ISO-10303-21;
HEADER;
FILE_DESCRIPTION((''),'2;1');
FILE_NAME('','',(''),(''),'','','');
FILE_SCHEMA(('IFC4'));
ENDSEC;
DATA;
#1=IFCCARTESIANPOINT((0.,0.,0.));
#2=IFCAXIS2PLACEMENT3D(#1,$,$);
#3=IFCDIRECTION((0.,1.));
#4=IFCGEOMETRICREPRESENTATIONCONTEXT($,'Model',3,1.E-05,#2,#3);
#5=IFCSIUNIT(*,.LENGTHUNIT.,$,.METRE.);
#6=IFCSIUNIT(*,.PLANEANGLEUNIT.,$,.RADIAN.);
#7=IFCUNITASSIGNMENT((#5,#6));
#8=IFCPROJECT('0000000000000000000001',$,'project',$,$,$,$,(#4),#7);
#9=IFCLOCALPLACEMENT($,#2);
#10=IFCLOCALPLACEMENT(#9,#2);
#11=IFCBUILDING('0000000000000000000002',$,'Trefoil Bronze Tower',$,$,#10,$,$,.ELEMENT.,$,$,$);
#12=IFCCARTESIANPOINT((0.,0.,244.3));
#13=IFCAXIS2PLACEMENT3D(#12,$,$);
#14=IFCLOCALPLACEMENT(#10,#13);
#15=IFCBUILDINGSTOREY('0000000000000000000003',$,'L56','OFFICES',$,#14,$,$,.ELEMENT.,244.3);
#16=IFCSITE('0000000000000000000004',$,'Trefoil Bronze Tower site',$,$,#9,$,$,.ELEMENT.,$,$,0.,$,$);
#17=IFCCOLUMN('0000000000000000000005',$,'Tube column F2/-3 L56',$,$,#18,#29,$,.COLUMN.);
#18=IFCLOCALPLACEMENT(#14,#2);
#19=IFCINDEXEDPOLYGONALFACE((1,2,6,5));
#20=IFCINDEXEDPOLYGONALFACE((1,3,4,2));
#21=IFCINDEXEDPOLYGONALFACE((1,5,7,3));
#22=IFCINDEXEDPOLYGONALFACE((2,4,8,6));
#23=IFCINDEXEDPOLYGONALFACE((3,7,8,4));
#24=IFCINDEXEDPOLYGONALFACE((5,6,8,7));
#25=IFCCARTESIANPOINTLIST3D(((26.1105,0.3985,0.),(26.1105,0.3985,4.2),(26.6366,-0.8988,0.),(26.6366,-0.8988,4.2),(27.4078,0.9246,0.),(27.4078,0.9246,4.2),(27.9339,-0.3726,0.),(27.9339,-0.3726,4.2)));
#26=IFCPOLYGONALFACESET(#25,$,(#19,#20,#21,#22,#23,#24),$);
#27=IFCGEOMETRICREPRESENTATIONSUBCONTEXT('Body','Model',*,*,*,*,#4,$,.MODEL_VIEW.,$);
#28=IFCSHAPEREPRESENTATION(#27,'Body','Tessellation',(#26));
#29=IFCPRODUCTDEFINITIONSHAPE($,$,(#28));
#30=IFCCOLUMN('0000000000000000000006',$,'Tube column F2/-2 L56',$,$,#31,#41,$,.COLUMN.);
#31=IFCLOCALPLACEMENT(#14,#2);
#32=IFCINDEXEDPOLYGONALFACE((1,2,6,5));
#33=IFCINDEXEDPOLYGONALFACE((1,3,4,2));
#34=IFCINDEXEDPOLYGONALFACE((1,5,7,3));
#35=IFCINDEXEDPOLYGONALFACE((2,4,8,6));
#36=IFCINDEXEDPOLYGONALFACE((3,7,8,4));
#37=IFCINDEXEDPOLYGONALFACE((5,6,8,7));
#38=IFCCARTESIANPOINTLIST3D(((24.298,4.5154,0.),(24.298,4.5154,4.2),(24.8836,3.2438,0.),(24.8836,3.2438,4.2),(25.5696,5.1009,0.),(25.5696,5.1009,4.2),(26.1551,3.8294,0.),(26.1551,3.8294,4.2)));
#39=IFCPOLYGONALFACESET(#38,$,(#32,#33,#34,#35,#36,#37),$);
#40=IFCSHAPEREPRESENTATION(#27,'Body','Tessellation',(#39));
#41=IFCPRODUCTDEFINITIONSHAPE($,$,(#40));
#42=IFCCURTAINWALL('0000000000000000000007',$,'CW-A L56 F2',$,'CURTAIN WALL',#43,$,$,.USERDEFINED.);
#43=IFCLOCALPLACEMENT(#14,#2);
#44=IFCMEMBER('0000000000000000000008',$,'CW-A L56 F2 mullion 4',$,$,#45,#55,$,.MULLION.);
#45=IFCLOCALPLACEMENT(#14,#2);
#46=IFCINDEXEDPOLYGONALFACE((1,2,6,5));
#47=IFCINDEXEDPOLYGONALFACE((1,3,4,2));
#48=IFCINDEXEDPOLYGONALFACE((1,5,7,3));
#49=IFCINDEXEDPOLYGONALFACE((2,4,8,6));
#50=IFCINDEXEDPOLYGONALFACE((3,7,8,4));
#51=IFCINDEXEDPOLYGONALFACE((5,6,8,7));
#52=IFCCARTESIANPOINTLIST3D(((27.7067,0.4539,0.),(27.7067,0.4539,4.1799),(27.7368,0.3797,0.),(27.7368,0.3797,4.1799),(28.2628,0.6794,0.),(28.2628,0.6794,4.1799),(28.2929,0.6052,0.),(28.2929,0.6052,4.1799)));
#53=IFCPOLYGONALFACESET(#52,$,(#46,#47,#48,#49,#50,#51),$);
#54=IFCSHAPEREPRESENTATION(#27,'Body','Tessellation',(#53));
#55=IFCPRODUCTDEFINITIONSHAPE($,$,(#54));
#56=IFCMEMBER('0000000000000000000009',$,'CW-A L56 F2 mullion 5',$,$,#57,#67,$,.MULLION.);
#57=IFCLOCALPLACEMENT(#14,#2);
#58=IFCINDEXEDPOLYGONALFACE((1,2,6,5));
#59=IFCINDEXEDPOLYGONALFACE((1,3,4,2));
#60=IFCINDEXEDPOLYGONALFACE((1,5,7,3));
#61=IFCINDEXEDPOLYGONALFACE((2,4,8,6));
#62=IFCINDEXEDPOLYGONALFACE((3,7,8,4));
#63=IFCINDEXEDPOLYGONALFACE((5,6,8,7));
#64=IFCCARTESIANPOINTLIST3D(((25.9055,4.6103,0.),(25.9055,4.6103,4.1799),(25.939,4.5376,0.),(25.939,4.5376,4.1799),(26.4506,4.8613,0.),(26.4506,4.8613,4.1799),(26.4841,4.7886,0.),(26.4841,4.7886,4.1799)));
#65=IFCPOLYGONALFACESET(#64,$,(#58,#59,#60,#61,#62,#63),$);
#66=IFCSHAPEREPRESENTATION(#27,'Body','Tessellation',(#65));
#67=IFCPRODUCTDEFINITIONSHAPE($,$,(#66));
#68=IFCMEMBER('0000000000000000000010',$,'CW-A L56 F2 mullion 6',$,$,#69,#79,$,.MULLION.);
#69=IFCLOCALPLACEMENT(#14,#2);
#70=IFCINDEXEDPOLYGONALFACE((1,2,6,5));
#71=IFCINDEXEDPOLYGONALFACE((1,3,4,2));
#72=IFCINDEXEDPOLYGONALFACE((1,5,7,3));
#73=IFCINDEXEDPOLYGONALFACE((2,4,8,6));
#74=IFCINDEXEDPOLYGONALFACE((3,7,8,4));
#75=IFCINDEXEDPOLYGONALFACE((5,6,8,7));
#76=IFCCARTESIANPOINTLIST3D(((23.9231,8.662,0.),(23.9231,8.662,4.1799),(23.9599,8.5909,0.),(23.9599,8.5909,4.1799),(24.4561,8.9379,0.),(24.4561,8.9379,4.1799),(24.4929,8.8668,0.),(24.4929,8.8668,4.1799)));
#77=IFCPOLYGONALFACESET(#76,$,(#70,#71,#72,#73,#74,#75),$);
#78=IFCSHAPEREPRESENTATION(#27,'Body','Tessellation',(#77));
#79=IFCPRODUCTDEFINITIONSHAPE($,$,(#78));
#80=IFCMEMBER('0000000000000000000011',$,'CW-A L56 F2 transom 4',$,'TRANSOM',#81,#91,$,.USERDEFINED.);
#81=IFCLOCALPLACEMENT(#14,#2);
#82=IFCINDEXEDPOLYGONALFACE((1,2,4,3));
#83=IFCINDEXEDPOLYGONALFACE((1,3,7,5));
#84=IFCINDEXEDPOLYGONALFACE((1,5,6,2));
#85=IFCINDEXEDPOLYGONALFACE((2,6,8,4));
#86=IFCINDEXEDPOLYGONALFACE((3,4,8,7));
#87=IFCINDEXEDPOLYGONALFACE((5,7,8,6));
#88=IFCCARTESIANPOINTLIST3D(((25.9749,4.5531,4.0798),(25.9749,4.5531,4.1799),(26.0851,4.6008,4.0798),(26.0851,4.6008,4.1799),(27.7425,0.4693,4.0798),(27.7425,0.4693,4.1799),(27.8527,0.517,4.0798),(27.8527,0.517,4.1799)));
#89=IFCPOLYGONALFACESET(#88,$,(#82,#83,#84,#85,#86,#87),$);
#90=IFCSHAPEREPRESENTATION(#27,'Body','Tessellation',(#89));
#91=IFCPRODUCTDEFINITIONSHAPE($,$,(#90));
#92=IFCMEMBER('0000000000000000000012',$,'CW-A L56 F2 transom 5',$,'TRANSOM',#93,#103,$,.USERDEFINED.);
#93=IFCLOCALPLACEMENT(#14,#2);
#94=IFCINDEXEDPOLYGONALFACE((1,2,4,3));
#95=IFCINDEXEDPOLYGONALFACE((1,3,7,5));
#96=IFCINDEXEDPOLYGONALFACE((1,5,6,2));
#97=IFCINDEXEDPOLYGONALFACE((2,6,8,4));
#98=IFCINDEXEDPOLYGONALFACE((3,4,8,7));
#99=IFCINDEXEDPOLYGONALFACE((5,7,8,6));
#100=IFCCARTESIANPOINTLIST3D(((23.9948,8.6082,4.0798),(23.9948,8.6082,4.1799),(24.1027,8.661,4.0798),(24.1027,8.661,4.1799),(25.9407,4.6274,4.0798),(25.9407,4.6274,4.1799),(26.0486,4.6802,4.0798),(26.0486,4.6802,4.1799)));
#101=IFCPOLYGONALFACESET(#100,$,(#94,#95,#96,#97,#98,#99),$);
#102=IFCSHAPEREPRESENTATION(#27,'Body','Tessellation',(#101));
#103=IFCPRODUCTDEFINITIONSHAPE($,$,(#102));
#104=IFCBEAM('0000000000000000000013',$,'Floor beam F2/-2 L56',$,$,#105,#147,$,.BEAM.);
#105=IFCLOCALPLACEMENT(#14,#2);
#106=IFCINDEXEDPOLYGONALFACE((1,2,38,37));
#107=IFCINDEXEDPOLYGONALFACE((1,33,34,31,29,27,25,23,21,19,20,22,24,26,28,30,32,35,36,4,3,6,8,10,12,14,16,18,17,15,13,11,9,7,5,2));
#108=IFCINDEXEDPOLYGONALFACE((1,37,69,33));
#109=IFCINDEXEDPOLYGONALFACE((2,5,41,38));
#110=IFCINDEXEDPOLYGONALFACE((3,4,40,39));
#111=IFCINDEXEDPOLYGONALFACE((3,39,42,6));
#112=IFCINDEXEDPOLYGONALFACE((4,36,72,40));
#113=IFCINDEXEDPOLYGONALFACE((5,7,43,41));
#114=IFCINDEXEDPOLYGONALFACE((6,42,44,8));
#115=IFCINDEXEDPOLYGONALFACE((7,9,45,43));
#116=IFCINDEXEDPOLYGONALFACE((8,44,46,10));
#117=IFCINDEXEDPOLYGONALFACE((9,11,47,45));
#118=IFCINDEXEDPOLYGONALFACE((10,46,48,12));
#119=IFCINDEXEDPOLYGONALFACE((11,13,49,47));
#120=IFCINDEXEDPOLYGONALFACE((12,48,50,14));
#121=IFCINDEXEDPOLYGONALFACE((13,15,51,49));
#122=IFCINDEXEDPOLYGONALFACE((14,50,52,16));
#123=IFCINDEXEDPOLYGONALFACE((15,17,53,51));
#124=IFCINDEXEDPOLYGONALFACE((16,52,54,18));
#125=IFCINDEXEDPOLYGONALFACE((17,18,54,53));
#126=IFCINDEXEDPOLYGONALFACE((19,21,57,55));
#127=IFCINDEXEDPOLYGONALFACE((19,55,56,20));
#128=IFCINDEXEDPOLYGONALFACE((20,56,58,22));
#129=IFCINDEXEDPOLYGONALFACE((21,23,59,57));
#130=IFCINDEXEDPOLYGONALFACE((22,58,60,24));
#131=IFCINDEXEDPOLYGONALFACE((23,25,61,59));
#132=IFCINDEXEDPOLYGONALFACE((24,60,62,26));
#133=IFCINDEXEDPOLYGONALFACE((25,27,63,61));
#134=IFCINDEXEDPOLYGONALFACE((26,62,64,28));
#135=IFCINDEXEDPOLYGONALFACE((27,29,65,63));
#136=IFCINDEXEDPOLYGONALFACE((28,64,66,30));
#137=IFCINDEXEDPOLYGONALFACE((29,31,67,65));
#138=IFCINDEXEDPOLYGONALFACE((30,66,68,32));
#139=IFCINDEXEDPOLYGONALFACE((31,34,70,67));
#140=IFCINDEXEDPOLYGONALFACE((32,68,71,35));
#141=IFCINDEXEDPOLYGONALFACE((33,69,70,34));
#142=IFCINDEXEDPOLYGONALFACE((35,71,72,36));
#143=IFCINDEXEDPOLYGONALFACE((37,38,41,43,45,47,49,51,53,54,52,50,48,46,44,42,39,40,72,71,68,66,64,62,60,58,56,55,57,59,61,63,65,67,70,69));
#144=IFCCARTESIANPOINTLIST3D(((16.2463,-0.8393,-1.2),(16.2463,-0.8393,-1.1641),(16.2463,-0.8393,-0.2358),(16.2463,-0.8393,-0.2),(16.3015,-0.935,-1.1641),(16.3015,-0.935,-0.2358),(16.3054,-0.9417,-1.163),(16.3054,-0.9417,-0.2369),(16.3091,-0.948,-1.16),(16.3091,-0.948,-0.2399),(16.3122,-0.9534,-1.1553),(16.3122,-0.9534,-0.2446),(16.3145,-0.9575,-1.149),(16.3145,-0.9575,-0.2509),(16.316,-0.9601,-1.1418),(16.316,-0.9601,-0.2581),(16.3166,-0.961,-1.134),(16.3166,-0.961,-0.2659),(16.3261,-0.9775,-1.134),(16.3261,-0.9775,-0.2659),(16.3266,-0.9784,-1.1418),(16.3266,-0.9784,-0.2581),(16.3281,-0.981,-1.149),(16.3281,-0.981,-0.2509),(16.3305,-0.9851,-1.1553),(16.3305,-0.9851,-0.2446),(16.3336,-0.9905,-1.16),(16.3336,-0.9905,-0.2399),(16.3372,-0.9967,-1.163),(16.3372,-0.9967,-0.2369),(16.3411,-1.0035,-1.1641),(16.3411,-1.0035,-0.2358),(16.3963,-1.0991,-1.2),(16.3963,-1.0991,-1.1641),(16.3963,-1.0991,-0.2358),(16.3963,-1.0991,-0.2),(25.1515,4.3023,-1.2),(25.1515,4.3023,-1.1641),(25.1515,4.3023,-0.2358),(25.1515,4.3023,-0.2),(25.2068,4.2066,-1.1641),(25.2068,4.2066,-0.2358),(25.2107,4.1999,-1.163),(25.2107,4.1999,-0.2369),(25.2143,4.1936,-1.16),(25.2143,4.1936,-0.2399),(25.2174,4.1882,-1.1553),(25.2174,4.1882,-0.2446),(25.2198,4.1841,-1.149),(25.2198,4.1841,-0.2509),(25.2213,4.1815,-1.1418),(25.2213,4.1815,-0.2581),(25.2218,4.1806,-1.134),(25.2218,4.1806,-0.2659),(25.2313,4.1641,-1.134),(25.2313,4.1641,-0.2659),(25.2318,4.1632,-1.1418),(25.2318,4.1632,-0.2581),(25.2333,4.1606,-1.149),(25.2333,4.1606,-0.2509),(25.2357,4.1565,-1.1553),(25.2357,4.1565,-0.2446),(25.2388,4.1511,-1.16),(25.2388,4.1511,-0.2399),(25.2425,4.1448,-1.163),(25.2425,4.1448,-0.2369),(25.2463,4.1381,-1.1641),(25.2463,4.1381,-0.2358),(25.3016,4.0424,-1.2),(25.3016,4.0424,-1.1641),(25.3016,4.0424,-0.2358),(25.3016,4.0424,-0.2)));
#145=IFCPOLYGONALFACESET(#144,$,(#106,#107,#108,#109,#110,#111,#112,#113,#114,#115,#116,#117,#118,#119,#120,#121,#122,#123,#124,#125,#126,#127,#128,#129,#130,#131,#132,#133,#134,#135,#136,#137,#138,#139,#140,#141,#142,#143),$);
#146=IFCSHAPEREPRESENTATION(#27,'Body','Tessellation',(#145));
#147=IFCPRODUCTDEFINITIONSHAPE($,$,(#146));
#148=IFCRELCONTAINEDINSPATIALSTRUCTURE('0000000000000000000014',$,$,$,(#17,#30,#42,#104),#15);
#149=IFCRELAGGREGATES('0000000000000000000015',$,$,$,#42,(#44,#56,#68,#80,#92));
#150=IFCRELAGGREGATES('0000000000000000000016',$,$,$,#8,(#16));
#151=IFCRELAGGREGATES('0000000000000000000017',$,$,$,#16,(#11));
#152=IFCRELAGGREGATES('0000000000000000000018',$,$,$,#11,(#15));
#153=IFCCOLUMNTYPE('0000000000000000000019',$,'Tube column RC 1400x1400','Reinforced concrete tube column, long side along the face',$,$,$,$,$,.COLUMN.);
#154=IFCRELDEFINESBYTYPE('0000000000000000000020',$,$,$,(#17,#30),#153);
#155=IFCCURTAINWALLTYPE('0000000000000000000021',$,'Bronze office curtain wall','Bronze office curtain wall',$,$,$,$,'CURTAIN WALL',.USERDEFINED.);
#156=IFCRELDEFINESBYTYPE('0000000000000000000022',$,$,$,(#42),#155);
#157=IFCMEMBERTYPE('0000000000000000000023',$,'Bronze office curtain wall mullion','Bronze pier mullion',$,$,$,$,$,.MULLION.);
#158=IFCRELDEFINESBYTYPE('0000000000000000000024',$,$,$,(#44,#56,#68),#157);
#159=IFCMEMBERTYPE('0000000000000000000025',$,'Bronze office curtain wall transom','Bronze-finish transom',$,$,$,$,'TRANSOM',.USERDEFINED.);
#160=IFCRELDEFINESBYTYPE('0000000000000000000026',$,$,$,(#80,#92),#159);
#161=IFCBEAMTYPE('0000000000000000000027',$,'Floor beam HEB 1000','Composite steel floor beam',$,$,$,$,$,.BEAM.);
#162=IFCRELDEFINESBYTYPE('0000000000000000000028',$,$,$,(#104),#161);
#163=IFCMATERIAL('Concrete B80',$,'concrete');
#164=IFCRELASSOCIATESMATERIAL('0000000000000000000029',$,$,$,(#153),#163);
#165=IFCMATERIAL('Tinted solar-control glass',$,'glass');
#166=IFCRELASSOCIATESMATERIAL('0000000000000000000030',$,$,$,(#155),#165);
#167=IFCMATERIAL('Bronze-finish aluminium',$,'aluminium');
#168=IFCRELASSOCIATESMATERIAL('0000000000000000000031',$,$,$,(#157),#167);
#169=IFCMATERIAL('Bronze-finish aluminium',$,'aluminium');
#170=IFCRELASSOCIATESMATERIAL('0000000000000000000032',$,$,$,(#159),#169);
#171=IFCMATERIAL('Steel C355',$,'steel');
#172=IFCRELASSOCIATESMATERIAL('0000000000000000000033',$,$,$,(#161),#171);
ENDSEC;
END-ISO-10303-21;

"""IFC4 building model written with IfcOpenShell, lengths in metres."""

from ifc_helpers import new_model, si_unit, direction, frame, origin, origin_2d, place, context, subcontext, project, spatial, rectangle, i_section, extrude, material, material_profile, profile_set, type_object, element, aggregate, save


model = new_model("IFC4")

# Units and contexts
model_context = context("Model", 3, precision=1e-05, world=origin(), true_north=direction((0.0, 1.0)))
body_context = subcontext(model_context, "Body", "Model", "MODEL_VIEW")
ifc_project = project(units=[si_unit("LENGTHUNIT", "METRE"), si_unit("PLANEANGLEUNIT", "RADIAN")], contexts=[model_context])

# Site, building, storey
site_placement = place(None, origin())
site = spatial("IfcSite", under=ifc_project, at=site_placement, Name="Trefoil Bronze Tower site", CompositionType="ELEMENT", RefElevation=0.0)
building_placement = place(site_placement, origin())
building = spatial("IfcBuilding", under=site, at=building_placement, Name="Trefoil Bronze Tower", CompositionType="ELEMENT")
storey_placement = place(building_placement, frame((0.0, 0.0, 244.3)))
storey = spatial("IfcBuildingStorey", under=building, at=storey_placement, Name="L56", Description="OFFICES", CompositionType="ELEMENT", Elevation=244.3)

# Columns
ifc_material_1 = material(Name="Concrete B80", Category="concrete")
ifc_material_profile_1 = material_profile(ifc_material_1, rectangle(XDim=1.3999, YDim=1.3999, at=origin_2d()), Name="RC 1400x1400")
ifc_profile_set_1 = profile_set([ifc_material_profile_1], Name="Concrete B80")
column_type = type_object("IfcColumnType", Name="Tube column RC 1400x1400", Description="Reinforced concrete tube column, long side along the face", PredefinedType="COLUMN", material=ifc_profile_set_1)
for number, where, z_axis, x_axis, name in (
    (1, (27.0222, 0.0129, 0.0), (0.0, 0.0, 1.0), (-0.375828, 0.926689, 0.0), "Tube column F2/-3 L56"),
    (2, (25.2266, 4.1724, 0.0), (0.0, 0.0, 1.0), (-0.418286, 0.908315, 0.0), "Tube column F2/-2 L56"),
):
    element("IfcColumn", number, at=place(storey_placement, frame(where, z_axis=z_axis, x_axis=x_axis)), inside=storey, type_object=column_type, Name=name, PredefinedType="COLUMN", context=body_context, shape_type="SweptSolid", body=[
        extrude(rectangle(XDim=1.3999, YDim=1.3999, at=origin_2d()), origin(), (0.0, 0.0, 1.0), 4.2),
    ])

# Curtain wall, members
ifc_material_2 = material(Name="Tinted solar-control glass", Category="glass")
curtain_wall_type = type_object("IfcCurtainWallType", Name="Bronze office curtain wall", Description="Bronze office curtain wall", ElementType="CURTAIN WALL", PredefinedType="USERDEFINED", material=ifc_material_2)
curtain_wall_placement = place(storey_placement, origin())
curtain_wall = element("IfcCurtainWall", 3, at=curtain_wall_placement, inside=storey, type_object=curtain_wall_type, Name="CW-A L56 F2", ObjectType="CURTAIN WALL", PredefinedType="USERDEFINED")
ifc_material_3 = material(Name="Bronze-finish aluminium", Category="aluminium")
ifc_material_profile_2 = material_profile(ifc_material_3, rectangle(XDim=0.6001, YDim=0.0801, at=origin_2d()), Name="CW-A mullion")
ifc_profile_set_2 = profile_set([ifc_material_profile_2], Name="Bronze-finish aluminium")
member_type_1 = type_object("IfcMemberType", Name="Bronze office curtain wall mullion", Description="Bronze pier mullion", PredefinedType="MULLION", material=ifc_profile_set_2)
member_1_placement = place(storey_placement, frame((27.9998, 0.5295, 0.0), z_axis=(0.0, 0.0, 1.0), x_axis=(-0.926689, -0.375828, 0.0)))
member_1 = element("IfcMember", 4, at=member_1_placement, type_object=member_type_1, Name="CW-A L56 F2 mullion 4", PredefinedType="MULLION", context=body_context, shape_type="SweptSolid", body=[
    extrude(rectangle(XDim=0.6001, YDim=0.0801, at=origin_2d()), origin(), (0.0, 0.0, 1.0), 4.1799),
])
member_2_placement = place(storey_placement, frame((26.1948, 4.6995, 0.0), z_axis=(0.0, 0.0, 1.0), x_axis=(-0.908315, -0.418286, 0.0)))
member_2 = element("IfcMember", 5, at=member_2_placement, type_object=member_type_1, Name="CW-A L56 F2 mullion 5", PredefinedType="MULLION", context=body_context, shape_type="SweptSolid", body=[
    extrude(rectangle(XDim=0.6001, YDim=0.0801, at=origin_2d()), origin(), (0.0, 0.0, 1.0), 4.1799),
])
member_3_placement = place(storey_placement, frame((24.208, 8.7644, 0.0), z_axis=(0.0, 0.0, 1.0), x_axis=(-0.888088, -0.459673, 0.0)))
member_3 = element("IfcMember", 6, at=member_3_placement, type_object=member_type_1, Name="CW-A L56 F2 mullion 6", PredefinedType="MULLION", context=body_context, shape_type="SweptSolid", body=[
    extrude(rectangle(XDim=0.6001, YDim=0.0801, at=origin_2d()), origin(), (0.0, 0.0, 1.0), 4.1799),
])
ifc_material_4 = material(Name="Bronze-finish aluminium", Category="aluminium")
ifc_material_profile_3 = material_profile(ifc_material_4, rectangle(XDim=0.1201, YDim=0.1001, at=origin_2d()), Name="CW-A transom")
ifc_profile_set_3 = profile_set([ifc_material_profile_3], Name="Bronze-finish aluminium")
member_type_2 = type_object("IfcMemberType", Name="Bronze office curtain wall transom", Description="Bronze-finish transom", ElementType="TRANSOM", PredefinedType="USERDEFINED", material=ifc_profile_set_3)
member_4_placement = place(storey_placement, frame((27.7976, 0.4932, 4.1299), z_axis=(-0.397221, 0.917723, 0.0), x_axis=(-0.917723, -0.397221, 0.0)))
member_4 = element("IfcMember", 7, at=member_4_placement, type_object=member_type_2, Name="CW-A L56 F2 transom 4", ObjectType="TRANSOM", PredefinedType="USERDEFINED", context=body_context, shape_type="SweptSolid", body=[
    extrude(rectangle(XDim=0.1201, YDim=0.1001, at=origin_2d()), origin(), (0.0, 0.0, 1.0), 4.45),
])
member_5_placement = place(storey_placement, frame((25.9946, 4.6538, 4.1299), z_axis=(-0.439151, 0.898413, 0.0), x_axis=(-0.898413, -0.439151, 0.0)))
member_5 = element("IfcMember", 8, at=member_5_placement, type_object=member_type_2, Name="CW-A L56 F2 transom 5", ObjectType="TRANSOM", PredefinedType="USERDEFINED", context=body_context, shape_type="SweptSolid", body=[
    extrude(rectangle(XDim=0.1201, YDim=0.1001, at=origin_2d()), origin(), (0.0, 0.0, 1.0), 4.4309),
])

# Beam
ifc_material_5 = material(Name="Steel C355", Category="steel")
ifc_material_profile_4 = material_profile(ifc_material_5, i_section(OverallWidth=0.3, OverallDepth=1.0, WebThickness=0.019, FlangeThickness=0.0359, FilletRadius=0.03, at=origin_2d()), Name="HEB 1000")
ifc_profile_set_4 = profile_set([ifc_material_profile_4], Name="Steel C355")
beam_type_1 = type_object("IfcBeamType", Name="Floor beam HEB 1000", Description="Composite steel floor beam", PredefinedType="BEAM", material=ifc_profile_set_4)
beam_1_placement = place(storey_placement, frame((25.2266, 4.1724, -0.7), z_axis=(-0.86602, -0.50001, 0.0), x_axis=(0.50001, -0.86602, 0.0)))
element("IfcBeam", 9, at=beam_1_placement, inside=storey, type_object=beam_type_1, Name="Floor beam F2/-2 L56", PredefinedType="BEAM", context=body_context, shape_type="SweptSolid", body=[
    extrude(i_section(OverallWidth=0.3, OverallDepth=1.0, WebThickness=0.019, FlangeThickness=0.0359, FilletRadius=0.03, at=origin_2d()), origin(), (0.0, 0.0, 1.0), 10.283),
])

aggregate(curtain_wall, [member_1, member_2, member_3, member_4, member_5])

save(model, "model.ifc")
